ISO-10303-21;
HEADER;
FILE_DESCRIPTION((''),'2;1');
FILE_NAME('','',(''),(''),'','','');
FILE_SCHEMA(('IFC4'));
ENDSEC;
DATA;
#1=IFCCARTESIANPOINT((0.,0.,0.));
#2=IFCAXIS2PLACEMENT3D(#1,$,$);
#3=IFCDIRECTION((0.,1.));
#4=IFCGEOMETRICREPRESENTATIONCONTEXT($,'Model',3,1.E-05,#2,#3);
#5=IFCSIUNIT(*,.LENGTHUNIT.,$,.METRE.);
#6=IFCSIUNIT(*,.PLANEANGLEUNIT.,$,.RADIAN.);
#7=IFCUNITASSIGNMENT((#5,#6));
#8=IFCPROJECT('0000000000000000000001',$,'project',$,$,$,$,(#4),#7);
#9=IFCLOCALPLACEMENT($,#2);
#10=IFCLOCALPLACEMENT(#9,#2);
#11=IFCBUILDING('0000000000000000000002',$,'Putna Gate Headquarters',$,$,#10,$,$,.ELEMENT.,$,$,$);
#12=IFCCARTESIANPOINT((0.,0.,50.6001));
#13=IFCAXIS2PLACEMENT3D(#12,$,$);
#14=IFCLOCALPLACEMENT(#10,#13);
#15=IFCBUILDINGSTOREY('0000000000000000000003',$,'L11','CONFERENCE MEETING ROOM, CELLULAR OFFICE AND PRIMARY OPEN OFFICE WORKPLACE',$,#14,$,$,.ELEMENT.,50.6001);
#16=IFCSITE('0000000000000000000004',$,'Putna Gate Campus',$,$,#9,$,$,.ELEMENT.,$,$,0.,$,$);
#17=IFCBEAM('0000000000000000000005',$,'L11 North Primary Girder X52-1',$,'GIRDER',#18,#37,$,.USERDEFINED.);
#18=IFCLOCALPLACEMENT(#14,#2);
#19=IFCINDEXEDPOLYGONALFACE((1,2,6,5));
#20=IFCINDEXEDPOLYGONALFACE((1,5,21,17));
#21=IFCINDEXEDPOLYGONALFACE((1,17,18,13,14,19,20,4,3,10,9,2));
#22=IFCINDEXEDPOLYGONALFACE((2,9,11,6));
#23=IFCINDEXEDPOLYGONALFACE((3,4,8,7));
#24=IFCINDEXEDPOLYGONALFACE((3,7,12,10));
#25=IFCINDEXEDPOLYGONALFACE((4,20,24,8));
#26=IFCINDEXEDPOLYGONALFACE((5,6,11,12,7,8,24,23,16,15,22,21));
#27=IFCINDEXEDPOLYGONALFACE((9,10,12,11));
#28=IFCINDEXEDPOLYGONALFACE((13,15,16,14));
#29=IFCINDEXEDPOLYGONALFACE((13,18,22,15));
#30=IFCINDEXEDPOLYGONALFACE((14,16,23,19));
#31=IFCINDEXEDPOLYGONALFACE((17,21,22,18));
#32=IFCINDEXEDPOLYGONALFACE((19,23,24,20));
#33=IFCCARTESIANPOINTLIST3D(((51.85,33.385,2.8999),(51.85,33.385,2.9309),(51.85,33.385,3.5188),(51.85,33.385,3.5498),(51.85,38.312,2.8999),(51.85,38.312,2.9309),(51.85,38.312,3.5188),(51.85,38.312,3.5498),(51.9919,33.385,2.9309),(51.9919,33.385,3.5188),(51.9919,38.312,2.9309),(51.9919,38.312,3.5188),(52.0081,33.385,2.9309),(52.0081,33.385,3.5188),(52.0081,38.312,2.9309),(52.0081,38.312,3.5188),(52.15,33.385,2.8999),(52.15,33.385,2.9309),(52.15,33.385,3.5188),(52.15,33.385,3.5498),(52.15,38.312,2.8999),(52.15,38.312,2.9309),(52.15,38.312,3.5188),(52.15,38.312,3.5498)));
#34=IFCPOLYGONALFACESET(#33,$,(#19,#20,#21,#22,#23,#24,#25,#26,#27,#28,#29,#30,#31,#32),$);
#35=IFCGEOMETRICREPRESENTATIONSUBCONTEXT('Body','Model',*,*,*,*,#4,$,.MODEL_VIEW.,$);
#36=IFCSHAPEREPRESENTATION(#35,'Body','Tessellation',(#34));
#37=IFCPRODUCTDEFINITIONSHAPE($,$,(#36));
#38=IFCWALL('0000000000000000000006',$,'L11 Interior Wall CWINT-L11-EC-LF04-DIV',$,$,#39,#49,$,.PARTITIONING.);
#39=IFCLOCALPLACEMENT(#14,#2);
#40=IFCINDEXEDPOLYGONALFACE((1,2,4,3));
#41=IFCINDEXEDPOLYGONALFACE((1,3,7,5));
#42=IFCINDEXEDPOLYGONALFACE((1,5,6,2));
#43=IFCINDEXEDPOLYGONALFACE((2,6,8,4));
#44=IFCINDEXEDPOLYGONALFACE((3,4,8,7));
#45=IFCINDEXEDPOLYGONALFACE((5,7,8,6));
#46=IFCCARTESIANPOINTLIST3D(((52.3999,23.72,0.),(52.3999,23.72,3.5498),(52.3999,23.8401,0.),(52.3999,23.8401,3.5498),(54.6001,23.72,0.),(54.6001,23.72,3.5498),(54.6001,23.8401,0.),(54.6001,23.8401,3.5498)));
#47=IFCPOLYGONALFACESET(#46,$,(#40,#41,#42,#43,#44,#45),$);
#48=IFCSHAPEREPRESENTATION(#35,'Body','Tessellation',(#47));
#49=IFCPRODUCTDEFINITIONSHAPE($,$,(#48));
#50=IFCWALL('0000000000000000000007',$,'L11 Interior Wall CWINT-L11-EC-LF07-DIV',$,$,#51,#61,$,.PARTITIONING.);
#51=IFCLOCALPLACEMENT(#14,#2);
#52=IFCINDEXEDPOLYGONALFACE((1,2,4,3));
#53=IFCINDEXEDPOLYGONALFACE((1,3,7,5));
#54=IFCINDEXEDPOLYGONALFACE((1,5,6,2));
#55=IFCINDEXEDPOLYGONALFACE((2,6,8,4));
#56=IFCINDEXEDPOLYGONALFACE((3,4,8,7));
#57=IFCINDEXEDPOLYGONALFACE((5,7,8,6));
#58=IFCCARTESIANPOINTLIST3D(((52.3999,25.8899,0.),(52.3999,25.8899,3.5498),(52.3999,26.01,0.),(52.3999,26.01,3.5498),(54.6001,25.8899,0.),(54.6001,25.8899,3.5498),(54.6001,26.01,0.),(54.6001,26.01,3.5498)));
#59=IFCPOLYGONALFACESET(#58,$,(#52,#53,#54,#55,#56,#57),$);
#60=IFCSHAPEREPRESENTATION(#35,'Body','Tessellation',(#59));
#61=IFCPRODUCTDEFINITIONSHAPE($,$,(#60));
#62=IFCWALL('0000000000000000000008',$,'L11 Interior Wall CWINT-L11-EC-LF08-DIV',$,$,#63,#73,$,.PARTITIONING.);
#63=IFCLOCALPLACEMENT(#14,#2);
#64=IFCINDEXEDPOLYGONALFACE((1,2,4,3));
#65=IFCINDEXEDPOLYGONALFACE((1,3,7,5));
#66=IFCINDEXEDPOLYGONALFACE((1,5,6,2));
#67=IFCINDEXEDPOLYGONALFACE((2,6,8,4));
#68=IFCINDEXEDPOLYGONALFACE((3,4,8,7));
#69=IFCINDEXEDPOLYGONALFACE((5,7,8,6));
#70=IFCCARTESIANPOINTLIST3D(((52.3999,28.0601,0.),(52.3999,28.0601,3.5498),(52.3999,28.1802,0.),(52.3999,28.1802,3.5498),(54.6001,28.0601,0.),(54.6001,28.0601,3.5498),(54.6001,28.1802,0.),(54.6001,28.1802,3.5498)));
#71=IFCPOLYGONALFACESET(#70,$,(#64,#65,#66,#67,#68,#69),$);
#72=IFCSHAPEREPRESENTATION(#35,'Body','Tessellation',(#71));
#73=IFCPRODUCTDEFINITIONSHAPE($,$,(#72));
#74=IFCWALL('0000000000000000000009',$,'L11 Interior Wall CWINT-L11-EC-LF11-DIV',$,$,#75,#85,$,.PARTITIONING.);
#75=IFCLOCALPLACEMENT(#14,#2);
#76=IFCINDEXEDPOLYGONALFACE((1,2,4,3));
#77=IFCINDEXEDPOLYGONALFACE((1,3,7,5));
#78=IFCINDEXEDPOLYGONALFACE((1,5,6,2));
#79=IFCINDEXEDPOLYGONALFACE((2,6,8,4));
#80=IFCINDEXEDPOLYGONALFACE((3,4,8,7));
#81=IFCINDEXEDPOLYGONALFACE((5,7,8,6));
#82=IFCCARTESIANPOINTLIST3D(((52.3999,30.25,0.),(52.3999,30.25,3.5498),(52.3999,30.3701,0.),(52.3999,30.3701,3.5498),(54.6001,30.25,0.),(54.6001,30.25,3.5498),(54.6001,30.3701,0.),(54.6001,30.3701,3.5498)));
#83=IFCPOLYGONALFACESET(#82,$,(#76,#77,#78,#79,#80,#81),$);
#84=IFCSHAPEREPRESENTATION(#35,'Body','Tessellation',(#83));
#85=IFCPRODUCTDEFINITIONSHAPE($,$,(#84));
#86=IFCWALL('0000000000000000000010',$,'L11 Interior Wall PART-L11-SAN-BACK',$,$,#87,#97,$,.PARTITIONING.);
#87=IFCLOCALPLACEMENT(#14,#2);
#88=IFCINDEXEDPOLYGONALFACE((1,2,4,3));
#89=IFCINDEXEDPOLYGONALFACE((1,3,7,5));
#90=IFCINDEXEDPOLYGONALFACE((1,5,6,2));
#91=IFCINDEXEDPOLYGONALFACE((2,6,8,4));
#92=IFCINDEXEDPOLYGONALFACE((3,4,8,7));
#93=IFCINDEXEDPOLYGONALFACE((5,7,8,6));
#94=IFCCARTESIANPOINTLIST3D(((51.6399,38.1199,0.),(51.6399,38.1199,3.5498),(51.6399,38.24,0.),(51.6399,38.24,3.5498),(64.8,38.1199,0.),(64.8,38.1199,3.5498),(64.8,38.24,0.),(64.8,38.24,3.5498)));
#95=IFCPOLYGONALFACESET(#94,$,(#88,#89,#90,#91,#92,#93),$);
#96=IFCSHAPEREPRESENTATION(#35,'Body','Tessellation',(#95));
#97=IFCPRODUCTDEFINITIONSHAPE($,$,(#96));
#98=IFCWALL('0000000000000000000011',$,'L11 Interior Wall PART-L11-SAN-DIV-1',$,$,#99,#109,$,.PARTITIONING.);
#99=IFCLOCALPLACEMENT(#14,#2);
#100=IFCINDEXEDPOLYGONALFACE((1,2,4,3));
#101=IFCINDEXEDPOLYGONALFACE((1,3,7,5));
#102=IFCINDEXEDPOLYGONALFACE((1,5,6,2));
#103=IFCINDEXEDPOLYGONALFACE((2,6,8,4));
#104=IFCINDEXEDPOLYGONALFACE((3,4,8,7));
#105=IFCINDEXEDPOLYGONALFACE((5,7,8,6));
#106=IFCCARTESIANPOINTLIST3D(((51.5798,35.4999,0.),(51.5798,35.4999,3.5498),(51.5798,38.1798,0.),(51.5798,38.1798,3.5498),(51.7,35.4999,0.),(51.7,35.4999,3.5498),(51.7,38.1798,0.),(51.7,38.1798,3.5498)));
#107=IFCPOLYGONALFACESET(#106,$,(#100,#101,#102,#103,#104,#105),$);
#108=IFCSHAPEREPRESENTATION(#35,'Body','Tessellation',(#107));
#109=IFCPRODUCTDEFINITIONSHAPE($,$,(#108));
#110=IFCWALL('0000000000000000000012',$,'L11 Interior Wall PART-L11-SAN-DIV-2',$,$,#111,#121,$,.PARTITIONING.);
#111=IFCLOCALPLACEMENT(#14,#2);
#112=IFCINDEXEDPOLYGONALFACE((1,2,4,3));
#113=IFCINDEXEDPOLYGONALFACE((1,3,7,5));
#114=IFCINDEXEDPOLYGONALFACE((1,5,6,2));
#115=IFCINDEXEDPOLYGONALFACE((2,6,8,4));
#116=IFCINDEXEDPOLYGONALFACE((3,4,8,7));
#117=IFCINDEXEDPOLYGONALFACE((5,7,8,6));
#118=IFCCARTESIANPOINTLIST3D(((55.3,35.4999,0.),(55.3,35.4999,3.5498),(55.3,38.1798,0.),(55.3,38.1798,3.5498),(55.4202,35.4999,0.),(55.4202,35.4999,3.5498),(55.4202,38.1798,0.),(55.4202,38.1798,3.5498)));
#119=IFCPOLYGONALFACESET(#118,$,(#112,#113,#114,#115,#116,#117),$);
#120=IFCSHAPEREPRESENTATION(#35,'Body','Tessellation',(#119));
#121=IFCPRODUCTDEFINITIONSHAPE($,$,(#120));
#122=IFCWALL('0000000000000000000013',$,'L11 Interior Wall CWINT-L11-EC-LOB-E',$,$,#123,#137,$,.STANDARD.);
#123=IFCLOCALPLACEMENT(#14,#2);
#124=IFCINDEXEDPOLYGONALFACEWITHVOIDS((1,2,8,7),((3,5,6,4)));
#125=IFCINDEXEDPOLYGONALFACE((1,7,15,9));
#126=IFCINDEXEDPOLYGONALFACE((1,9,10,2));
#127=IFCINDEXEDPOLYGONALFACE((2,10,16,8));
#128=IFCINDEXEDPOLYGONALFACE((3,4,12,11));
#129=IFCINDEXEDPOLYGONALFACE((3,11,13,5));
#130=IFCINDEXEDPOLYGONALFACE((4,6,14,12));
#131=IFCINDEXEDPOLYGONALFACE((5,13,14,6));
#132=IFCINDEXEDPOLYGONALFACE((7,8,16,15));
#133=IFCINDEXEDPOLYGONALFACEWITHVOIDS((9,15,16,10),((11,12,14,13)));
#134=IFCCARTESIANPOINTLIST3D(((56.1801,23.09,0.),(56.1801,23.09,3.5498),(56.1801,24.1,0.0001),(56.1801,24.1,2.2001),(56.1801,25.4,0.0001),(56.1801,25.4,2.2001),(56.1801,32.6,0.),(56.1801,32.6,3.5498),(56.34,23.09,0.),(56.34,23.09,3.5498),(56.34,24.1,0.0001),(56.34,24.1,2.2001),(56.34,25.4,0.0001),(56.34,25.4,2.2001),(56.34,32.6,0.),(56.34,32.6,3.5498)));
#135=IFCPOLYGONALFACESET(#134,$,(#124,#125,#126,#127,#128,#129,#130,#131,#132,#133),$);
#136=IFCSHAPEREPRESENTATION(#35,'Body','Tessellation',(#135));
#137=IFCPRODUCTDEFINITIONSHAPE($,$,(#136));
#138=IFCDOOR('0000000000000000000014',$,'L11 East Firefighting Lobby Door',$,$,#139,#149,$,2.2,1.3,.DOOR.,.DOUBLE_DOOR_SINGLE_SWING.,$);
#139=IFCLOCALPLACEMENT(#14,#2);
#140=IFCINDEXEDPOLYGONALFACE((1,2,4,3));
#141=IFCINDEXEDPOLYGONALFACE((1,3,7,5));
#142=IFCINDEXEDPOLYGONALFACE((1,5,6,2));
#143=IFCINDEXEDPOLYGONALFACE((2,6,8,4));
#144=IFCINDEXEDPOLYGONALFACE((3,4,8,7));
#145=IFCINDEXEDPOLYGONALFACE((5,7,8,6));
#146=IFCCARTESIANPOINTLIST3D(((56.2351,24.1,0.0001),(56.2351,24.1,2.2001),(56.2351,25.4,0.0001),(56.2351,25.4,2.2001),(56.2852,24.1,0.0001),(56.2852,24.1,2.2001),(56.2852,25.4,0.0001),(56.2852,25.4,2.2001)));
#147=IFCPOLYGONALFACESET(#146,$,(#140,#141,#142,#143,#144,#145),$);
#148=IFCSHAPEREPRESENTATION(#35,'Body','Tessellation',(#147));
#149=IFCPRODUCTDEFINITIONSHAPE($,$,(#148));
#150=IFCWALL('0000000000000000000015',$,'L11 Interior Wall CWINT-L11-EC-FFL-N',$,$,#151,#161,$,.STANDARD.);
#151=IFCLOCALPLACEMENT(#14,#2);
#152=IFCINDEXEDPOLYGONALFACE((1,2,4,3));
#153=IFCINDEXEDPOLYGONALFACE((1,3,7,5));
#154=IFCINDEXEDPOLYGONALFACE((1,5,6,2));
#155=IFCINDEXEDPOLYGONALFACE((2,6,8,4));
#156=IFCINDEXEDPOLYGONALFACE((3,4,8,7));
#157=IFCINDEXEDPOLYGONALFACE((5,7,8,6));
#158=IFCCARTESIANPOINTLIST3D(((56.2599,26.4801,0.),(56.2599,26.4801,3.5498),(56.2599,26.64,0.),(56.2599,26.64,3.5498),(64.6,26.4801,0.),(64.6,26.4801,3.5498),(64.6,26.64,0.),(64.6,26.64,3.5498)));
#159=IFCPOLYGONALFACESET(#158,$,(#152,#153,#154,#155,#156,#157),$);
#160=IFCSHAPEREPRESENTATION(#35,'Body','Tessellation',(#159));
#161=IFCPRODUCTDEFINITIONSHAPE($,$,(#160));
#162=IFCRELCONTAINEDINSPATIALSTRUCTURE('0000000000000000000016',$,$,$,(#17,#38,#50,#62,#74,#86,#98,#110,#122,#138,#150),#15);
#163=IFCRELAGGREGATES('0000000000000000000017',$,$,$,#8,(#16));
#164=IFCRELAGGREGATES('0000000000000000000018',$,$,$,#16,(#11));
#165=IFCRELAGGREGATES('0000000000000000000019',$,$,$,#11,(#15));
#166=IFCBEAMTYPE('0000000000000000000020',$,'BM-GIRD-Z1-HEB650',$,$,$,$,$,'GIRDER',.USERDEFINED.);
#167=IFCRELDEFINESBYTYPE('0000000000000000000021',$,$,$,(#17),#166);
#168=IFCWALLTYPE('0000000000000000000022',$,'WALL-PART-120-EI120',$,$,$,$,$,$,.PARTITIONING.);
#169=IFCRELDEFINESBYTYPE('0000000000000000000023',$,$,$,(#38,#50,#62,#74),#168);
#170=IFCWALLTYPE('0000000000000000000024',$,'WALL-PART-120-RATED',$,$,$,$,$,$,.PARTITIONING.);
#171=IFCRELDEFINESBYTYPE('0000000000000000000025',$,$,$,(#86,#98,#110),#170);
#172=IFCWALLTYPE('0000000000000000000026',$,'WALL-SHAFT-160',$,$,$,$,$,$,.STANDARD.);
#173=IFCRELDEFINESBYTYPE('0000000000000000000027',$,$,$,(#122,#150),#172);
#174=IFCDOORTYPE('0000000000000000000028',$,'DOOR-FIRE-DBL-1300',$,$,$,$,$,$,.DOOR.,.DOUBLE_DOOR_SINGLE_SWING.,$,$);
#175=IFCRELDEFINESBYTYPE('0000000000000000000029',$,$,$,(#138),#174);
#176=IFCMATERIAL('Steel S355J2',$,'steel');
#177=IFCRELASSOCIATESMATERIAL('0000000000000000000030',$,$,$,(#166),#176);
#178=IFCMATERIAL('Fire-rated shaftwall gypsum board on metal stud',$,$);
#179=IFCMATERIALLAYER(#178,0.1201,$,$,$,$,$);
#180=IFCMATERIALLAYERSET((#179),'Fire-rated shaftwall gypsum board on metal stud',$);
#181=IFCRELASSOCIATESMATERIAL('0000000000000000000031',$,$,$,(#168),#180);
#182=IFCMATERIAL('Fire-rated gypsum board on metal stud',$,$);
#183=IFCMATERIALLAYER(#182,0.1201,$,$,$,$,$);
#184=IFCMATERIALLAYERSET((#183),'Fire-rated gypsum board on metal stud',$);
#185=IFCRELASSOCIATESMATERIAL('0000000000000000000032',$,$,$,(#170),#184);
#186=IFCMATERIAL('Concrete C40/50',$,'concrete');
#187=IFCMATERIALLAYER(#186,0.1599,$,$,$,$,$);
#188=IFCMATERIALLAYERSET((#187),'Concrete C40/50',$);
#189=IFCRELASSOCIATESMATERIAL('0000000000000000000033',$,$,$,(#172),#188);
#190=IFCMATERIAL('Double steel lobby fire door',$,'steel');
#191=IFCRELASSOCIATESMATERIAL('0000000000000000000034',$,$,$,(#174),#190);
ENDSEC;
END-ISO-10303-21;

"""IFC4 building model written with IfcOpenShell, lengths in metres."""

from ifc_helpers import new_model, si_unit, direction, frame, frame_2d, origin, origin_2d, place, context, subcontext, project, spatial, rectangle, i_section, extrude, material, layer, layer_set, material_profile, profile_set, type_object, element, fill, save


model = new_model("IFC4")

# Units and contexts
model_context = context("Model", 3, precision=1e-05, world=origin(), true_north=direction((0.0, 1.0)))
body_context = subcontext(model_context, "Body", "Model", "MODEL_VIEW")
ifc_project = project(units=[si_unit("LENGTHUNIT", "METRE"), si_unit("PLANEANGLEUNIT", "RADIAN")], contexts=[model_context])

# Site, building, storey
site_placement = place(None, origin())
site = spatial("IfcSite", under=ifc_project, at=site_placement, Name="Putna Gate Campus", CompositionType="ELEMENT", RefElevation=0.0)
building_placement = place(site_placement, origin())
building = spatial("IfcBuilding", under=site, at=building_placement, Name="Putna Gate Headquarters", CompositionType="ELEMENT")
storey_placement = place(building_placement, frame((0.0, 0.0, 50.6001)))
storey = spatial("IfcBuildingStorey", under=building, at=storey_placement, Name="L11", Description="CONFERENCE MEETING ROOM, CELLULAR OFFICE AND PRIMARY OPEN OFFICE WORKPLACE", CompositionType="ELEMENT", Elevation=50.6001)

# Beam
ifc_material_1 = material(Name="Steel S355J2", Category="steel")
ifc_material_profile = material_profile(ifc_material_1, i_section(OverallWidth=0.3, OverallDepth=0.6499, WebThickness=0.0161, FlangeThickness=0.031, at=origin_2d()), Name="Steel S355J2")
ifc_profile_set = profile_set([ifc_material_profile], Name="Steel S355J2")
beam_type = type_object("IfcBeamType", Name="BM-GIRD-Z1-HEB650", ElementType="GIRDER", PredefinedType="USERDEFINED", material=ifc_profile_set)
beam_placement = place(storey_placement, frame((52.0, 33.385, 3.2249), z_axis=(0.0, 1.0, 0.0), x_axis=(-1.0, 0.0, 0.0)))
element("IfcBeam", 1, at=beam_placement, inside=storey, type_object=beam_type, Name="L11 North Primary Girder X52-1", ObjectType="GIRDER", PredefinedType="USERDEFINED", context=body_context, shape_type="SweptSolid", body=[
    extrude(i_section(OverallWidth=0.3, OverallDepth=0.6499, WebThickness=0.0161, FlangeThickness=0.031, at=origin_2d()), origin(), (0.0, 0.0, 1.0), 4.927),
])

# Walls
ifc_material_2 = material(Name="Fire-rated shaftwall gypsum board on metal stud")
ifc_layer_1 = layer(ifc_material_2, 0.1201)
ifc_layer_set_1 = layer_set([ifc_layer_1], Name="Fire-rated shaftwall gypsum board on metal stud")
wall_type_1 = type_object("IfcWallType", Name="WALL-PART-120-EI120", PredefinedType="PARTITIONING", material=ifc_layer_set_1)
for number, where, z_axis, x_axis, name in (
    (2, (52.3999, 23.78, 0.0), (0.0, 0.0, 1.0), (1.0, 0.0, 0.0), "L11 Interior Wall CWINT-L11-EC-LF04-DIV"),
    (3, (52.3999, 25.95, 0.0), (0.0, 0.0, 1.0), (1.0, 0.0, 0.0), "L11 Interior Wall CWINT-L11-EC-LF07-DIV"),
    (4, (52.3999, 28.1201, 0.0), (0.0, 0.0, 1.0), (1.0, 0.0, 0.0), "L11 Interior Wall CWINT-L11-EC-LF08-DIV"),
    (5, (52.3999, 30.3101, 0.0), (0.0, 0.0, 1.0), (1.0, 0.0, 0.0), "L11 Interior Wall CWINT-L11-EC-LF11-DIV"),
):
    element("IfcWall", number, at=place(storey_placement, frame(where, z_axis=z_axis, x_axis=x_axis)), inside=storey, type_object=wall_type_1, Name=name, PredefinedType="PARTITIONING", context=body_context, shape_type="SweptSolid", body=[
        extrude(rectangle(XDim=2.2002, YDim=0.1201, at=frame_2d((1.1001, 0.0))), origin(), (0.0, 0.0, 1.0), 3.5498),
    ])

# Shared definitions
ifc_material_3 = material(Name="Fire-rated gypsum board on metal stud")
ifc_layer_2 = layer(ifc_material_3, 0.1201)
ifc_layer_set_2 = layer_set([ifc_layer_2], Name="Fire-rated gypsum board on metal stud")
wall_type_2 = type_object("IfcWallType", Name="WALL-PART-120-RATED", PredefinedType="PARTITIONING", material=ifc_layer_set_2)

# Walls
wall_1_placement = place(storey_placement, frame((51.6399, 38.1799, 0.0), z_axis=(0.0, 0.0, 1.0), x_axis=(1.0, 0.0, 0.0)))
element("IfcWall", 6, at=wall_1_placement, inside=storey, type_object=wall_type_2, Name="L11 Interior Wall PART-L11-SAN-BACK", PredefinedType="PARTITIONING", context=body_context, shape_type="SweptSolid", body=[
    extrude(rectangle(XDim=13.1602, YDim=0.1201, at=frame_2d((6.5801, 0.0))), origin(), (0.0, 0.0, 1.0), 3.5498),
])
for number, where, z_axis, x_axis, name in (
    (7, (51.6399, 35.5, 0.0), (0.0, 0.0, 1.0), (0.0, 1.0, 0.0), "L11 Interior Wall PART-L11-SAN-DIV-1"),
    (8, (55.3601, 35.5, 0.0), (0.0, 0.0, 1.0), (0.0, 1.0, 0.0), "L11 Interior Wall PART-L11-SAN-DIV-2"),
):
    element("IfcWall", number, at=place(storey_placement, frame(where, z_axis=z_axis, x_axis=x_axis)), inside=storey, type_object=wall_type_2, Name=name, PredefinedType="PARTITIONING", context=body_context, shape_type="SweptSolid", body=[
        extrude(rectangle(XDim=2.6799, YDim=0.1201, at=frame_2d((1.3398, 0.0))), origin(), (0.0, 0.0, 1.0), 3.5498),
    ])

# Wall, opening, door
ifc_material_4 = material(Name="Concrete C40/50", Category="concrete")
ifc_layer_3 = layer(ifc_material_4, 0.1599)
ifc_layer_set_3 = layer_set([ifc_layer_3], Name="Concrete C40/50")
wall_type_3 = type_object("IfcWallType", Name="WALL-SHAFT-160", PredefinedType="STANDARD", material=ifc_layer_set_3)
wall_2_placement = place(storey_placement, frame((56.26, 23.0901, 0.0), z_axis=(0.0, 0.0, 1.0), x_axis=(0.0, 1.0, 0.0)))
wall_2 = element("IfcWall", 9, at=wall_2_placement, inside=storey, type_object=wall_type_3, Name="L11 Interior Wall CWINT-L11-EC-LOB-E", PredefinedType="STANDARD", context=body_context, shape_type="SweptSolid", body=[
    extrude(rectangle(XDim=9.51, YDim=0.1599, at=frame_2d((4.7549, 0.0))), origin(), (0.0, 0.0, 1.0), 3.5498),
])
opening_1_placement = place(wall_2_placement, frame((1.01, 0.0, 0.0)))
opening_1 = element("IfcOpeningElement", 10, at=opening_1_placement, cuts=wall_2, PredefinedType="OPENING", context=body_context, shape_type="SweptSolid", body=[
    extrude(rectangle(XDim=1.3, YDim=2.2, at=frame_2d((0.6499, 1.1001))), frame((0.0, 0.0898, 0.0), z_axis=(0.0, -1.0, 0.0), x_axis=(1.0, 0.0, 0.0)), (0.0, 0.0, 1.0), 0.1799),
])
ifc_material_5 = material(Name="Double steel lobby fire door", Category="steel")
door_type_1 = type_object("IfcDoorType", Name="DOOR-FIRE-DBL-1300", OperationType="DOUBLE_DOOR_SINGLE_SWING", PredefinedType="DOOR", material=ifc_material_5)
door_1_placement = place(opening_1_placement, origin())
door_1 = element("IfcDoor", 11, at=door_1_placement, inside=storey, type_object=door_type_1, Name="L11 East Firefighting Lobby Door", OperationType="DOUBLE_DOOR_SINGLE_SWING", OverallHeight=2.2, OverallWidth=1.3, PredefinedType="DOOR", context=body_context, shape_type="SweptSolid", body=[
    extrude(rectangle(XDim=1.3, YDim=2.2, at=frame_2d((0.6499, 1.1001))), frame((0.0, 0.0249, 0.0), z_axis=(0.0, -1.0, 0.0), x_axis=(1.0, 0.0, 0.0)), (0.0, 0.0, 1.0), 0.05),
])
fill(opening_1, door_1)

# Wall
wall_3_placement = place(storey_placement, frame((56.26, 26.5601, 0.0), z_axis=(0.0, 0.0, 1.0), x_axis=(1.0, 0.0, 0.0)))
element("IfcWall", 12, at=wall_3_placement, inside=storey, type_object=wall_type_3, Name="L11 Interior Wall CWINT-L11-EC-FFL-N", PredefinedType="STANDARD", context=body_context, shape_type="SweptSolid", body=[
    extrude(rectangle(XDim=8.3401, YDim=0.1599, at=frame_2d((4.1699, 0.0))), origin(), (0.0, 0.0, 1.0), 3.5498),
])

save(model, "model.ifc")
